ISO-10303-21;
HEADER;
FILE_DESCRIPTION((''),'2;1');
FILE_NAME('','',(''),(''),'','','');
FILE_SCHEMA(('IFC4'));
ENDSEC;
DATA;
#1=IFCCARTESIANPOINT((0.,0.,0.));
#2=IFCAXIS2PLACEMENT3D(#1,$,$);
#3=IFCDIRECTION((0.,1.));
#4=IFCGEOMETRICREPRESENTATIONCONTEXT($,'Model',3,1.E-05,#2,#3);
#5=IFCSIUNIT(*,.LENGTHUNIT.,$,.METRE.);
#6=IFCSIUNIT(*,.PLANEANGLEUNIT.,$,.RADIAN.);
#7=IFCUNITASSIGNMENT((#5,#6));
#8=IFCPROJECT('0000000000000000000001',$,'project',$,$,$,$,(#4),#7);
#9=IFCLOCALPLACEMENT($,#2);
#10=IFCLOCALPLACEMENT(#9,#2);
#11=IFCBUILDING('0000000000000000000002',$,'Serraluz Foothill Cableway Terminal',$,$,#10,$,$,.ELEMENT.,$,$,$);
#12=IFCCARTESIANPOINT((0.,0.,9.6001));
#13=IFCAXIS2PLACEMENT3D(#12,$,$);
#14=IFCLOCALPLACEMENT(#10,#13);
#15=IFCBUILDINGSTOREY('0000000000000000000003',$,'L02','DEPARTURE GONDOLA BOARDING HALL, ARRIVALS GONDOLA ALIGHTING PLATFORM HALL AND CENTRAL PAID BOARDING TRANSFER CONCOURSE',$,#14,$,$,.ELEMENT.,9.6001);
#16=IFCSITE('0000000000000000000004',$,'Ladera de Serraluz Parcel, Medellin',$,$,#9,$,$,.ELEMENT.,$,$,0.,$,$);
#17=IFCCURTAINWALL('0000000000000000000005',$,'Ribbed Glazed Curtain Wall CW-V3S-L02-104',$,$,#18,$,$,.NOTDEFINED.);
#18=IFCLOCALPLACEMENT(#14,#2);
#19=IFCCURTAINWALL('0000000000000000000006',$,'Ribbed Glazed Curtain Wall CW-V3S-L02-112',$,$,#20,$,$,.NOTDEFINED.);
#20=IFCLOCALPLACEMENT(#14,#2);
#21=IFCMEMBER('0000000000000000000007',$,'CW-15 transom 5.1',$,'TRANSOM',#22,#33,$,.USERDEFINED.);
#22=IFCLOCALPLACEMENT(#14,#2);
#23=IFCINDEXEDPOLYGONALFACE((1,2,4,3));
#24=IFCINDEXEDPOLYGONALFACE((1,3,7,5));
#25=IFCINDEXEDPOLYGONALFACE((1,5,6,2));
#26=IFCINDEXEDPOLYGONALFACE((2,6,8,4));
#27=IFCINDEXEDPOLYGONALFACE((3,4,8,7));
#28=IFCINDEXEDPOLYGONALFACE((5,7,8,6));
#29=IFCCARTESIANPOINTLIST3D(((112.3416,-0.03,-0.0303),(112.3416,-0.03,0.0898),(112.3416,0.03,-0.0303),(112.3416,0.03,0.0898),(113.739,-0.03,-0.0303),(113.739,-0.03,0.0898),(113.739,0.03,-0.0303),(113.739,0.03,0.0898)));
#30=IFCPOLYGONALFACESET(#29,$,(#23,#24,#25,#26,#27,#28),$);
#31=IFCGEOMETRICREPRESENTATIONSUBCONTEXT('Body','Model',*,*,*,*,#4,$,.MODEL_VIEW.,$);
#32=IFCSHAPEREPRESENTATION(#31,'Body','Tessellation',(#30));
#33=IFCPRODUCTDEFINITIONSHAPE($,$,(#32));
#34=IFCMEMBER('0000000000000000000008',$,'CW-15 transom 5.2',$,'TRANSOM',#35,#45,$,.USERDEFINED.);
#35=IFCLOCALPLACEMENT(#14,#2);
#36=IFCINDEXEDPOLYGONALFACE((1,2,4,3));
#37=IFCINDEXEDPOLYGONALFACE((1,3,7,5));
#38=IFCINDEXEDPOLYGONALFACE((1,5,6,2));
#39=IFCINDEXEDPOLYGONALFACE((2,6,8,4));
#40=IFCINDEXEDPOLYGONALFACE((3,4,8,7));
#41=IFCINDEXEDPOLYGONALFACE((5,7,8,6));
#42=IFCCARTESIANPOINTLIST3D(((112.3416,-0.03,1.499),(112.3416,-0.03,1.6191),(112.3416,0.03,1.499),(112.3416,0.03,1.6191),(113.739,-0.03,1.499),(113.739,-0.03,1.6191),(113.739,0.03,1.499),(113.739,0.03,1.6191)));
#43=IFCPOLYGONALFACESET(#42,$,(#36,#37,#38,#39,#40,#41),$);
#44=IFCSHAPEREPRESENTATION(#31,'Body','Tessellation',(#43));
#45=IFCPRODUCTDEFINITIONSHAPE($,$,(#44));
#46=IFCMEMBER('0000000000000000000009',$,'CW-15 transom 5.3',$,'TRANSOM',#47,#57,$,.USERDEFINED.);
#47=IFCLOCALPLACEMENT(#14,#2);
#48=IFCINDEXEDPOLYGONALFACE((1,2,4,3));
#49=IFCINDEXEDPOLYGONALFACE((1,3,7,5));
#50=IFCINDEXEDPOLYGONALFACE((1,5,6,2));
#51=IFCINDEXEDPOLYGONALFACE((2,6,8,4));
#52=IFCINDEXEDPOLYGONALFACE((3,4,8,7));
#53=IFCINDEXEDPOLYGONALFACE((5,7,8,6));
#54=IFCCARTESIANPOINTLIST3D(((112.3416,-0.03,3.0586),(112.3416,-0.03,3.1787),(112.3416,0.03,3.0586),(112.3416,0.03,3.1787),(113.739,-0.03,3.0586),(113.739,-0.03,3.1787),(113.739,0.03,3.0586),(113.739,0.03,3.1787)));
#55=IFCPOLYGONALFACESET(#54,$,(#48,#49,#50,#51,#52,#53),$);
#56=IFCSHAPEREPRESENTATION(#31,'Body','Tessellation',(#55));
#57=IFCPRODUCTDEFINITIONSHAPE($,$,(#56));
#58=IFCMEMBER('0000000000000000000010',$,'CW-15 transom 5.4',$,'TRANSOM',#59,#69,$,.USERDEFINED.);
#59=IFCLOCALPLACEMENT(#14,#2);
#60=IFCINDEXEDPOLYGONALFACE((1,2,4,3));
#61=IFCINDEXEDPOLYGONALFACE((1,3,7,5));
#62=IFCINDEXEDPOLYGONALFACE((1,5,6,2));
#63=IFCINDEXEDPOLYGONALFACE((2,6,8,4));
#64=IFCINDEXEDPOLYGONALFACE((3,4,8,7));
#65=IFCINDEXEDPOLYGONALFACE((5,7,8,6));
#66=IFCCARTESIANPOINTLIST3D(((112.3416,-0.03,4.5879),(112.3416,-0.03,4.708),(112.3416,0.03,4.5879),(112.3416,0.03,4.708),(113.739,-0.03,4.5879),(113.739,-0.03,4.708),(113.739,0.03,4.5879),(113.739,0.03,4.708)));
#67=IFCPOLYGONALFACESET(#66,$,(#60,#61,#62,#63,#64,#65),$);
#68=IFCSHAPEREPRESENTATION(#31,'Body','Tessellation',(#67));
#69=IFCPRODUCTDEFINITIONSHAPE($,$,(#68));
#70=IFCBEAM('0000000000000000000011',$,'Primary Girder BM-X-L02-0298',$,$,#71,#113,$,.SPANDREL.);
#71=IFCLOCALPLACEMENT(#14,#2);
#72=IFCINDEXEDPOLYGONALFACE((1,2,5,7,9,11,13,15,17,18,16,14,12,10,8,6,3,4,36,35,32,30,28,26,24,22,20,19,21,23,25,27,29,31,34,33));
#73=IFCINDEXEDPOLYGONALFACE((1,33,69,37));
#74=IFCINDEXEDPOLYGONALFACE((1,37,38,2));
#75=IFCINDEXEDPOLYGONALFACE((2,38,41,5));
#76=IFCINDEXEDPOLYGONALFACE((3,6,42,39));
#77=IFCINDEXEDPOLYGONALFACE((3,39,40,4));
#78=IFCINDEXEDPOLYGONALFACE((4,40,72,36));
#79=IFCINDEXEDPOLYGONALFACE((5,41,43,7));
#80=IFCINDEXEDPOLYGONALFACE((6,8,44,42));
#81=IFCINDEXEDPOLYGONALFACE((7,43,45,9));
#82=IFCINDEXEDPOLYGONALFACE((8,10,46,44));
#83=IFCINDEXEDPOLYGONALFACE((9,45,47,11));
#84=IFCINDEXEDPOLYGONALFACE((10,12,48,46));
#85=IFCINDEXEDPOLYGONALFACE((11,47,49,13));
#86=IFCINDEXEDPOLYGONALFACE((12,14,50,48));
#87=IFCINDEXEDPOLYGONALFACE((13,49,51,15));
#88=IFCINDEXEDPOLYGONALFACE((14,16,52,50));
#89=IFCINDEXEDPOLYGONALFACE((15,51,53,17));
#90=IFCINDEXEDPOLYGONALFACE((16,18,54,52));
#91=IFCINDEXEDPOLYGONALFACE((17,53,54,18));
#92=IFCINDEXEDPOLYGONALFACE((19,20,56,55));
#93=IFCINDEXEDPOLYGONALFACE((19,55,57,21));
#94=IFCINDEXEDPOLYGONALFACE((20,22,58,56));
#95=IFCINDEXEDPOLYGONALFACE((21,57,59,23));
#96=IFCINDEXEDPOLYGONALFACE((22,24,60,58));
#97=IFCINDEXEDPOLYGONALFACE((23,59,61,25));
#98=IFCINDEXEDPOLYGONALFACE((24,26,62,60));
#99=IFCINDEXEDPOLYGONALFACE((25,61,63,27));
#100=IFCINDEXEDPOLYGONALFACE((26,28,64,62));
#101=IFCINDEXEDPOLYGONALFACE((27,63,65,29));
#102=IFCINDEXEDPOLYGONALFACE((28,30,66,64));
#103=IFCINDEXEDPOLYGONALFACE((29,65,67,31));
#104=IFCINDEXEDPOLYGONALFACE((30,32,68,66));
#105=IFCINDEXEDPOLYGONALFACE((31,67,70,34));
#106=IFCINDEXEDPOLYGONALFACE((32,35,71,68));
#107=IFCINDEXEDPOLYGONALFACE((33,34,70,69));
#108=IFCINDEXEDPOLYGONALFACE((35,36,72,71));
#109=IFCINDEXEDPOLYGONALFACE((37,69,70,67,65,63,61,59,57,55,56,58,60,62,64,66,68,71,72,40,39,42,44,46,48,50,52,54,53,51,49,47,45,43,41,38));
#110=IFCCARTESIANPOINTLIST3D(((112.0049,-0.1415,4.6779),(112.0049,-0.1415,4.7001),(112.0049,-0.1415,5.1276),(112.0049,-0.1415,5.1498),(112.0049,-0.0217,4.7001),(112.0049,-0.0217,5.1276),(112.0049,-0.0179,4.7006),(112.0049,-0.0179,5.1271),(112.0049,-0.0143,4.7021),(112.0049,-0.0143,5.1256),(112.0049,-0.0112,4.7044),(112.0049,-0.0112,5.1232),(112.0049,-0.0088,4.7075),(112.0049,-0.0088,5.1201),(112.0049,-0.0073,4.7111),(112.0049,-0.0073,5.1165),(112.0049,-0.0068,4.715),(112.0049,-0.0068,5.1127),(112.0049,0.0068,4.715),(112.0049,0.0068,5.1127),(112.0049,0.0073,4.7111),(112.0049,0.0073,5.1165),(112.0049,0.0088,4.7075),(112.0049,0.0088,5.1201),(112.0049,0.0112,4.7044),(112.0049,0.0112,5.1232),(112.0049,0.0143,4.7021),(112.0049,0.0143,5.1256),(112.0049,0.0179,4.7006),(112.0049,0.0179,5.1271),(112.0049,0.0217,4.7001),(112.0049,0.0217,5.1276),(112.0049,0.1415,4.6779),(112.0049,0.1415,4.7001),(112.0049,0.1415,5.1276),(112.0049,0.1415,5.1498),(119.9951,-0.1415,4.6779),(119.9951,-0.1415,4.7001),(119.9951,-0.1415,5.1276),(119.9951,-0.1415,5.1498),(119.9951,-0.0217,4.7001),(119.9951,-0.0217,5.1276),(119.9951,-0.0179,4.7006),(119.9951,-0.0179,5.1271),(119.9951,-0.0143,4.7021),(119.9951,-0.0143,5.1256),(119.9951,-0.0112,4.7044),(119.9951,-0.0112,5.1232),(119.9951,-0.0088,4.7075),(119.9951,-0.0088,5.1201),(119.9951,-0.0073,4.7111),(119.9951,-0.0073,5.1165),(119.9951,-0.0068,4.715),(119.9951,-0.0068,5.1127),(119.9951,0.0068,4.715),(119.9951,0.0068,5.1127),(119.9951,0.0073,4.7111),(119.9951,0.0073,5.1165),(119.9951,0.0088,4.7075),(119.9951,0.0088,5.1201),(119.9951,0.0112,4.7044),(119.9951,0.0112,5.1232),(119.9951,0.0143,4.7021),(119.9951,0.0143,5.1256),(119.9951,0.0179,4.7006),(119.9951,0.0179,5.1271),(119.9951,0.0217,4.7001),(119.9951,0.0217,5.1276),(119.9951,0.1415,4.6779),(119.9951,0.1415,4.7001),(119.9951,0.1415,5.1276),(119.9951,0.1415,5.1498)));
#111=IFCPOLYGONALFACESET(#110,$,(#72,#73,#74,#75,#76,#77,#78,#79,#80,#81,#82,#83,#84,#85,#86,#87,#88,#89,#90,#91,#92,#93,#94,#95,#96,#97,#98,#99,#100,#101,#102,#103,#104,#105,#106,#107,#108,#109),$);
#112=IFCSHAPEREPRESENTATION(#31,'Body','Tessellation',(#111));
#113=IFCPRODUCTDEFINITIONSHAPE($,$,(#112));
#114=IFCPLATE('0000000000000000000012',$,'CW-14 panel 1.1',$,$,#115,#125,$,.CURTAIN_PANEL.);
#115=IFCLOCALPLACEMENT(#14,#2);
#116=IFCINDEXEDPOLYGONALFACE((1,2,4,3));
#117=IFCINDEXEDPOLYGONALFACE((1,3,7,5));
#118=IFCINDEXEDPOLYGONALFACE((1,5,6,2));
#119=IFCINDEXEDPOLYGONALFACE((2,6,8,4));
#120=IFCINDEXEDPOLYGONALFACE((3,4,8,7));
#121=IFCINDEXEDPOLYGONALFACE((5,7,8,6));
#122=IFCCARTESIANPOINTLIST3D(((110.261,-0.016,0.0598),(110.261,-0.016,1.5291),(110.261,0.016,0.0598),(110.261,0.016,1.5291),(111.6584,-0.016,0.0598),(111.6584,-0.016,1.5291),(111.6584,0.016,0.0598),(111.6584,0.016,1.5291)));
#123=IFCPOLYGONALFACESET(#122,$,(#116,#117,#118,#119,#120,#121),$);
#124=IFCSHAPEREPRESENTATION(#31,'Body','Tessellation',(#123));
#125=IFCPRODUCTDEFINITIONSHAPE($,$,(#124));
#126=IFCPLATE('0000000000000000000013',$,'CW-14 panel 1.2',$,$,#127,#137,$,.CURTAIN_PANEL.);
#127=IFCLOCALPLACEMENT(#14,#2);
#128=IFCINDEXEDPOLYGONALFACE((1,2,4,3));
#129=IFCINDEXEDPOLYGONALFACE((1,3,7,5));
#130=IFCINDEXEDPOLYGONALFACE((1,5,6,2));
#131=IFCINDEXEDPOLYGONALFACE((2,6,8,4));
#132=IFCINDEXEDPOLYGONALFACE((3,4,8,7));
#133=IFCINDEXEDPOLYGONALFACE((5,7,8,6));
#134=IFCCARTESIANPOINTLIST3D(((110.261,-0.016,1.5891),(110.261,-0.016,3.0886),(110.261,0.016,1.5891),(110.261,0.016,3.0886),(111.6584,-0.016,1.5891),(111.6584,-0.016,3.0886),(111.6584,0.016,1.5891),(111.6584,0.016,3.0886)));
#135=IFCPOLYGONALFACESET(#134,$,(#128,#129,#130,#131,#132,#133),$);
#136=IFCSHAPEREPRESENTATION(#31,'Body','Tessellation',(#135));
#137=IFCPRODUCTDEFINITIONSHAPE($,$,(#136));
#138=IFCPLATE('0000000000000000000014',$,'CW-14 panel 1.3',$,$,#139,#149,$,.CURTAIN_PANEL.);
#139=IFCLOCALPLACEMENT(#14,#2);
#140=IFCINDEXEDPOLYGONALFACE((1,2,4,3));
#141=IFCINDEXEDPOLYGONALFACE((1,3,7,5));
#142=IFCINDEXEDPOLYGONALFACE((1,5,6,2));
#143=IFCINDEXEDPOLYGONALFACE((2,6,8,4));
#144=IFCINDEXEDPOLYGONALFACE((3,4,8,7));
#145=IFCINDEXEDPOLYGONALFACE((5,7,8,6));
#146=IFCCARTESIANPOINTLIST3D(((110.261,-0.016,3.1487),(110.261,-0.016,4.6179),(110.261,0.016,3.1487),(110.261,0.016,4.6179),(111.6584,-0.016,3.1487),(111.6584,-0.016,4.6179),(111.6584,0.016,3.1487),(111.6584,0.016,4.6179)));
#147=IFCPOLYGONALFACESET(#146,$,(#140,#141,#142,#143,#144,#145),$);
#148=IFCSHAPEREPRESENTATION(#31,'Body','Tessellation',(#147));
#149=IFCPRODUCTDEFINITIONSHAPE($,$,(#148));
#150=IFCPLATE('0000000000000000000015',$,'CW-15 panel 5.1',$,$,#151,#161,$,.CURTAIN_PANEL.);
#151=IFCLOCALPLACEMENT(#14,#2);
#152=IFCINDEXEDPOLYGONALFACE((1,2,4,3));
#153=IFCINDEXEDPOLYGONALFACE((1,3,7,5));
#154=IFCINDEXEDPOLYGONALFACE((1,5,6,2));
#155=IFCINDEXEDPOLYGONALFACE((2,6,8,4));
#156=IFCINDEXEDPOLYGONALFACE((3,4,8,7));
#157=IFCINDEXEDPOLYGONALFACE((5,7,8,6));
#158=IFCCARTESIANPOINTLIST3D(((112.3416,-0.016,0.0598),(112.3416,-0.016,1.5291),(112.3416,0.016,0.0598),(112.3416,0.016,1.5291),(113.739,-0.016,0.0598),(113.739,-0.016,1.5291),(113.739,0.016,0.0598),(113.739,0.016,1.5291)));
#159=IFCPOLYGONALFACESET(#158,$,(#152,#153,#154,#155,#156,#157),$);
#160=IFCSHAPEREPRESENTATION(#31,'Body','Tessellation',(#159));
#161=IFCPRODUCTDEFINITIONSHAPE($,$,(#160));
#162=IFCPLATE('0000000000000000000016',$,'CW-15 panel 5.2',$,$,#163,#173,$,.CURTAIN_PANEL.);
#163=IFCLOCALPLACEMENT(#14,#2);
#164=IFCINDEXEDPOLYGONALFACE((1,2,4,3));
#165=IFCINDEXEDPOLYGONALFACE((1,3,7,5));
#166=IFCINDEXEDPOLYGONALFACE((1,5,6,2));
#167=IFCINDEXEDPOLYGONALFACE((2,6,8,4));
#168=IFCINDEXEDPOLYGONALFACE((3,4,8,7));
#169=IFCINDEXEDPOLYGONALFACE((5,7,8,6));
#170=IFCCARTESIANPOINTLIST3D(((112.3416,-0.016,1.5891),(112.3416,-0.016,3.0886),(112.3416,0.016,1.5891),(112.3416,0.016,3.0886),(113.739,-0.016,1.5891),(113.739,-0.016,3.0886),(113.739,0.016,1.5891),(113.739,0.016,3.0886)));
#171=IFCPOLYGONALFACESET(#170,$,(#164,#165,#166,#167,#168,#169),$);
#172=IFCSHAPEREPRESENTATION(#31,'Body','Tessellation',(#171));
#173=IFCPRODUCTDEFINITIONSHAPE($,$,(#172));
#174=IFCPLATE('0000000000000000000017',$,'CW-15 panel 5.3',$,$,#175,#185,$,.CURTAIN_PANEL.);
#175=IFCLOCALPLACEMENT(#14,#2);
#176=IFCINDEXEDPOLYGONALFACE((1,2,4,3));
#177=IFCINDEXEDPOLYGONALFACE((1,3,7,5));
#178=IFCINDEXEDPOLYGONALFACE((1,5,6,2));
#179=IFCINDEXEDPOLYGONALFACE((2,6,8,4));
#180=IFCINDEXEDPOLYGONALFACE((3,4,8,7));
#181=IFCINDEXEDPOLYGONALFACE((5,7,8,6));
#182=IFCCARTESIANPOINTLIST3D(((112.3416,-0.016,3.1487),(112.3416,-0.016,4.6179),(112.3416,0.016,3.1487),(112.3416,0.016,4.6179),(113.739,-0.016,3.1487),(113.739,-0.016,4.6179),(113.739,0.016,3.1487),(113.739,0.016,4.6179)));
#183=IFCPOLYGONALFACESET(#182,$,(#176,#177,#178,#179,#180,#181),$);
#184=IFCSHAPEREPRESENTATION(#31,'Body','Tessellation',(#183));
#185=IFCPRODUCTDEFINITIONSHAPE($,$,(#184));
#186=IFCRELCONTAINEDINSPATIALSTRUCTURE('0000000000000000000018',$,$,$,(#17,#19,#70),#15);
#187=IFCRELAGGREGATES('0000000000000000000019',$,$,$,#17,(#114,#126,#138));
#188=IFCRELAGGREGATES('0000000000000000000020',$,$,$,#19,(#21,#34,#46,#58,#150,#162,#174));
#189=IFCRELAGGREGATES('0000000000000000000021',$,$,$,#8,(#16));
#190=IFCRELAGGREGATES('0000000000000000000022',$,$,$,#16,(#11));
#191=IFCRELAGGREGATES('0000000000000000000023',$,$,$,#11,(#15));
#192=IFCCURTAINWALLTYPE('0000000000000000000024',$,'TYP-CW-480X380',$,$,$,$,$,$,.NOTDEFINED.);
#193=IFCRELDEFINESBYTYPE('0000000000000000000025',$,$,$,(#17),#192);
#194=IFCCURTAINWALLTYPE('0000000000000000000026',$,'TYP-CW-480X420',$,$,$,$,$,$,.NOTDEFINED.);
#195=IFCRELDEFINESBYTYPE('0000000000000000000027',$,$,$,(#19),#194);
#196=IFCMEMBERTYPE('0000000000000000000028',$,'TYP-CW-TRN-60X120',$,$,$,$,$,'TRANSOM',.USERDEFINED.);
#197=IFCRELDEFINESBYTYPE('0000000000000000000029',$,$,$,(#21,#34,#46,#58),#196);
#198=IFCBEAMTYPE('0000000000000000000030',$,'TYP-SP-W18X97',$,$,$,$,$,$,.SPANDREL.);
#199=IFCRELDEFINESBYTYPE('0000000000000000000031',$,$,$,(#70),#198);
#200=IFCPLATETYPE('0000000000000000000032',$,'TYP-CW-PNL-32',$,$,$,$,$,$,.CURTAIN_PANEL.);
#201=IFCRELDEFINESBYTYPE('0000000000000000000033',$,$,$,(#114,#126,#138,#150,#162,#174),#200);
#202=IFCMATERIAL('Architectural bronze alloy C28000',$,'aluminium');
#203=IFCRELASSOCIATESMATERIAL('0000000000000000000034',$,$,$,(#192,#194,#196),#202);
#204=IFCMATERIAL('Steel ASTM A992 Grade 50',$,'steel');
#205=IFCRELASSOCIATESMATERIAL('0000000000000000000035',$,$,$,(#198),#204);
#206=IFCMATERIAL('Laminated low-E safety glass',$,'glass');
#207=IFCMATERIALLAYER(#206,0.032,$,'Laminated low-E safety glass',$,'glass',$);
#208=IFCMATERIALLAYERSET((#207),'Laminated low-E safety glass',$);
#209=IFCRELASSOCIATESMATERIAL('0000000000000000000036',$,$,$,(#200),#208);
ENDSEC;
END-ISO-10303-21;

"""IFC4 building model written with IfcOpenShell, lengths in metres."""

from ifc_helpers import new_model, si_unit, direction, frame, origin, origin_2d, place, context, subcontext, project, spatial, rectangle, i_section, extrude, material, layer, layer_set, material_profile, profile_set, type_object, element, aggregate, save


model = new_model("IFC4")

# Units and contexts
model_context = context("Model", 3, precision=1e-05, world=origin(), true_north=direction((0.0, 1.0)))
body_context = subcontext(model_context, "Body", "Model", "MODEL_VIEW")
ifc_project = project(units=[si_unit("LENGTHUNIT", "METRE"), si_unit("PLANEANGLEUNIT", "RADIAN")], contexts=[model_context])

# Site, building, storey
site_placement = place(None, origin())
site = spatial("IfcSite", under=ifc_project, at=site_placement, Name="Ladera de Serraluz Parcel, Medellin", CompositionType="ELEMENT", RefElevation=0.0)
building_placement = place(site_placement, origin())
building = spatial("IfcBuilding", under=site, at=building_placement, Name="Serraluz Foothill Cableway Terminal", CompositionType="ELEMENT")
storey_placement = place(building_placement, frame((0.0, 0.0, 9.6001)))
storey = spatial("IfcBuildingStorey", under=building, at=storey_placement, Name="L02", Description="DEPARTURE GONDOLA BOARDING HALL, ARRIVALS GONDOLA ALIGHTING PLATFORM HALL AND CENTRAL PAID BOARDING TRANSFER CONCOURSE", CompositionType="ELEMENT", Elevation=9.6001)

# Shared definitions
ifc_material_1 = material(Name="Steel ASTM A992 Grade 50", Category="steel")

# Curtain walls
ifc_material_2 = material(Name="Architectural bronze alloy C28000", Category="aluminium")
curtain_wall_type_1 = type_object("IfcCurtainWallType", Name="TYP-CW-480X380", PredefinedType="NOTDEFINED", material=ifc_material_2)
curtain_wall_1_placement = place(storey_placement, origin())
curtain_wall_1 = element("IfcCurtainWall", 1, at=curtain_wall_1_placement, inside=storey, type_object=curtain_wall_type_1, Name="Ribbed Glazed Curtain Wall CW-V3S-L02-104", PredefinedType="NOTDEFINED")
curtain_wall_type_2 = type_object("IfcCurtainWallType", Name="TYP-CW-480X420", PredefinedType="NOTDEFINED", material=ifc_material_2)
curtain_wall_2_placement = place(storey_placement, origin())
curtain_wall_2 = element("IfcCurtainWall", 2, at=curtain_wall_2_placement, inside=storey, type_object=curtain_wall_type_2, Name="Ribbed Glazed Curtain Wall CW-V3S-L02-112", PredefinedType="NOTDEFINED")

# Members
ifc_material_profile_1 = material_profile(ifc_material_2, rectangle(XDim=0.0601, YDim=0.1201, at=origin_2d()), Name="ALU TRANSOM 60x120")
ifc_profile_set_1 = profile_set([ifc_material_profile_1], Name="Architectural bronze alloy C28000")
member_type_1 = type_object("IfcMemberType", Name="TYP-CW-TRN-60X120", ElementType="TRANSOM", PredefinedType="USERDEFINED", material=ifc_profile_set_1)
member_1_placement = place(storey_placement, frame((113.739, 0.0, 0.0298), z_axis=(-1.0, 0.0, 0.0), x_axis=(0.0, -1.0, 0.0)))
member_1 = element("IfcMember", 3, at=member_1_placement, type_object=member_type_1, Name="CW-15 transom 5.1", ObjectType="TRANSOM", PredefinedType="USERDEFINED", context=body_context, shape_type="SweptSolid", body=[
    extrude(rectangle(XDim=0.0601, YDim=0.1201, at=origin_2d()), origin(), (0.0, 0.0, 1.0), 1.3975),
])
member_2_placement = place(storey_placement, frame((113.739, 0.0, 1.5591), z_axis=(-1.0, 0.0, 0.0), x_axis=(0.0, -1.0, 0.0)))
member_2 = element("IfcMember", 4, at=member_2_placement, type_object=member_type_1, Name="CW-15 transom 5.2", ObjectType="TRANSOM", PredefinedType="USERDEFINED", context=body_context, shape_type="SweptSolid", body=[
    extrude(rectangle(XDim=0.0601, YDim=0.1201, at=origin_2d()), origin(), (0.0, 0.0, 1.0), 1.3975),
])
member_3_placement = place(storey_placement, frame((113.739, 0.0, 3.1187), z_axis=(-1.0, 0.0, 0.0), x_axis=(0.0, -1.0, 0.0)))
member_3 = element("IfcMember", 5, at=member_3_placement, type_object=member_type_1, Name="CW-15 transom 5.3", ObjectType="TRANSOM", PredefinedType="USERDEFINED", context=body_context, shape_type="SweptSolid", body=[
    extrude(rectangle(XDim=0.0601, YDim=0.1201, at=origin_2d()), origin(), (0.0, 0.0, 1.0), 1.3975),
])
member_4_placement = place(storey_placement, frame((113.739, 0.0, 4.6479), z_axis=(-1.0, 0.0, 0.0), x_axis=(0.0, -1.0, 0.0)))
member_4 = element("IfcMember", 6, at=member_4_placement, type_object=member_type_1, Name="CW-15 transom 5.4", ObjectType="TRANSOM", PredefinedType="USERDEFINED", context=body_context, shape_type="SweptSolid", body=[
    extrude(rectangle(XDim=0.0601, YDim=0.1201, at=origin_2d()), origin(), (0.0, 0.0, 1.0), 1.3975),
])

# Beam
ifc_material_profile_2 = material_profile(ifc_material_1, i_section(OverallWidth=0.283, OverallDepth=0.4719, WebThickness=0.0137, FlangeThickness=0.0222, FilletRadius=0.0149, at=origin_2d()), Name="W18X97")
ifc_profile_set_2 = profile_set([ifc_material_profile_2], Name="Steel ASTM A992 Grade 50")
beam_type = type_object("IfcBeamType", Name="TYP-SP-W18X97", PredefinedType="SPANDREL", material=ifc_profile_set_2)
beam_placement = place(storey_placement, frame((112.0049, 0.0, 4.9138), z_axis=(1.0, 0.0, 0.0), x_axis=(0.0, 1.0, 0.0)))
element("IfcBeam", 7, at=beam_placement, inside=storey, type_object=beam_type, Name="Primary Girder BM-X-L02-0298", PredefinedType="SPANDREL", context=body_context, shape_type="SweptSolid", body=[
    extrude(i_section(OverallWidth=0.283, OverallDepth=0.4719, WebThickness=0.0137, FlangeThickness=0.0222, FilletRadius=0.0149, at=origin_2d()), origin(), (0.0, 0.0, 1.0), 7.9902),
])

# Plates
ifc_material_3 = material(Name="Laminated low-E safety glass", Category="glass")
ifc_layer_1 = layer(ifc_material_3, 0.032, Name="Laminated low-E safety glass", Category="glass")
ifc_layer_set_1 = layer_set([ifc_layer_1], Name="Laminated low-E safety glass")
plate_type_1 = type_object("IfcPlateType", Name="TYP-CW-PNL-32", PredefinedType="CURTAIN_PANEL", material=ifc_layer_set_1)
plate_1_placement = place(storey_placement, frame((110.9597, 0.0, 0.0598), z_axis=(0.0, 0.0, 1.0), x_axis=(-1.0, 0.0, 0.0)))
plate_1 = element("IfcPlate", 8, at=plate_1_placement, type_object=plate_type_1, Name="CW-14 panel 1.1", PredefinedType="CURTAIN_PANEL", context=body_context, shape_type="SweptSolid", body=[
    extrude(rectangle(XDim=1.3975, YDim=0.032, at=origin_2d()), origin(), (0.0, 0.0, 1.0), 1.4692),
])
plate_2_placement = place(storey_placement, frame((110.9597, 0.0, 1.5891), z_axis=(0.0, 0.0, 1.0), x_axis=(-1.0, 0.0, 0.0)))
plate_2 = element("IfcPlate", 9, at=plate_2_placement, type_object=plate_type_1, Name="CW-14 panel 1.2", PredefinedType="CURTAIN_PANEL", context=body_context, shape_type="SweptSolid", body=[
    extrude(rectangle(XDim=1.3975, YDim=0.032, at=origin_2d()), origin(), (0.0, 0.0, 1.0), 1.4995),
])
plate_3_placement = place(storey_placement, frame((110.9597, 0.0, 3.1487), z_axis=(0.0, 0.0, 1.0), x_axis=(-1.0, 0.0, 0.0)))
plate_3 = element("IfcPlate", 10, at=plate_3_placement, type_object=plate_type_1, Name="CW-14 panel 1.3", PredefinedType="CURTAIN_PANEL", context=body_context, shape_type="SweptSolid", body=[
    extrude(rectangle(XDim=1.3975, YDim=0.032, at=origin_2d()), origin(), (0.0, 0.0, 1.0), 1.4692),
])
aggregate(curtain_wall_1, [plate_1, plate_2, plate_3])
plate_4_placement = place(storey_placement, frame((113.0403, 0.0, 0.0598), z_axis=(0.0, 0.0, 1.0), x_axis=(-1.0, 0.0, 0.0)))
plate_4 = element("IfcPlate", 11, at=plate_4_placement, type_object=plate_type_1, Name="CW-15 panel 5.1", PredefinedType="CURTAIN_PANEL", context=body_context, shape_type="SweptSolid", body=[
    extrude(rectangle(XDim=1.3975, YDim=0.032, at=origin_2d()), origin(), (0.0, 0.0, 1.0), 1.4692),
])
plate_5_placement = place(storey_placement, frame((113.0403, 0.0, 1.5891), z_axis=(0.0, 0.0, 1.0), x_axis=(-1.0, 0.0, 0.0)))
plate_5 = element("IfcPlate", 12, at=plate_5_placement, type_object=plate_type_1, Name="CW-15 panel 5.2", PredefinedType="CURTAIN_PANEL", context=body_context, shape_type="SweptSolid", body=[
    extrude(rectangle(XDim=1.3975, YDim=0.032, at=origin_2d()), origin(), (0.0, 0.0, 1.0), 1.4995),
])
plate_6_placement = place(storey_placement, frame((113.0403, 0.0, 3.1487), z_axis=(0.0, 0.0, 1.0), x_axis=(-1.0, 0.0, 0.0)))
plate_6 = element("IfcPlate", 13, at=plate_6_placement, type_object=plate_type_1, Name="CW-15 panel 5.3", PredefinedType="CURTAIN_PANEL", context=body_context, shape_type="SweptSolid", body=[
    extrude(rectangle(XDim=1.3975, YDim=0.032, at=origin_2d()), origin(), (0.0, 0.0, 1.0), 1.4692),
])
aggregate(curtain_wall_2, [member_1, member_2, member_3, member_4, plate_4, plate_5, plate_6])

save(model, "model.ifc")
